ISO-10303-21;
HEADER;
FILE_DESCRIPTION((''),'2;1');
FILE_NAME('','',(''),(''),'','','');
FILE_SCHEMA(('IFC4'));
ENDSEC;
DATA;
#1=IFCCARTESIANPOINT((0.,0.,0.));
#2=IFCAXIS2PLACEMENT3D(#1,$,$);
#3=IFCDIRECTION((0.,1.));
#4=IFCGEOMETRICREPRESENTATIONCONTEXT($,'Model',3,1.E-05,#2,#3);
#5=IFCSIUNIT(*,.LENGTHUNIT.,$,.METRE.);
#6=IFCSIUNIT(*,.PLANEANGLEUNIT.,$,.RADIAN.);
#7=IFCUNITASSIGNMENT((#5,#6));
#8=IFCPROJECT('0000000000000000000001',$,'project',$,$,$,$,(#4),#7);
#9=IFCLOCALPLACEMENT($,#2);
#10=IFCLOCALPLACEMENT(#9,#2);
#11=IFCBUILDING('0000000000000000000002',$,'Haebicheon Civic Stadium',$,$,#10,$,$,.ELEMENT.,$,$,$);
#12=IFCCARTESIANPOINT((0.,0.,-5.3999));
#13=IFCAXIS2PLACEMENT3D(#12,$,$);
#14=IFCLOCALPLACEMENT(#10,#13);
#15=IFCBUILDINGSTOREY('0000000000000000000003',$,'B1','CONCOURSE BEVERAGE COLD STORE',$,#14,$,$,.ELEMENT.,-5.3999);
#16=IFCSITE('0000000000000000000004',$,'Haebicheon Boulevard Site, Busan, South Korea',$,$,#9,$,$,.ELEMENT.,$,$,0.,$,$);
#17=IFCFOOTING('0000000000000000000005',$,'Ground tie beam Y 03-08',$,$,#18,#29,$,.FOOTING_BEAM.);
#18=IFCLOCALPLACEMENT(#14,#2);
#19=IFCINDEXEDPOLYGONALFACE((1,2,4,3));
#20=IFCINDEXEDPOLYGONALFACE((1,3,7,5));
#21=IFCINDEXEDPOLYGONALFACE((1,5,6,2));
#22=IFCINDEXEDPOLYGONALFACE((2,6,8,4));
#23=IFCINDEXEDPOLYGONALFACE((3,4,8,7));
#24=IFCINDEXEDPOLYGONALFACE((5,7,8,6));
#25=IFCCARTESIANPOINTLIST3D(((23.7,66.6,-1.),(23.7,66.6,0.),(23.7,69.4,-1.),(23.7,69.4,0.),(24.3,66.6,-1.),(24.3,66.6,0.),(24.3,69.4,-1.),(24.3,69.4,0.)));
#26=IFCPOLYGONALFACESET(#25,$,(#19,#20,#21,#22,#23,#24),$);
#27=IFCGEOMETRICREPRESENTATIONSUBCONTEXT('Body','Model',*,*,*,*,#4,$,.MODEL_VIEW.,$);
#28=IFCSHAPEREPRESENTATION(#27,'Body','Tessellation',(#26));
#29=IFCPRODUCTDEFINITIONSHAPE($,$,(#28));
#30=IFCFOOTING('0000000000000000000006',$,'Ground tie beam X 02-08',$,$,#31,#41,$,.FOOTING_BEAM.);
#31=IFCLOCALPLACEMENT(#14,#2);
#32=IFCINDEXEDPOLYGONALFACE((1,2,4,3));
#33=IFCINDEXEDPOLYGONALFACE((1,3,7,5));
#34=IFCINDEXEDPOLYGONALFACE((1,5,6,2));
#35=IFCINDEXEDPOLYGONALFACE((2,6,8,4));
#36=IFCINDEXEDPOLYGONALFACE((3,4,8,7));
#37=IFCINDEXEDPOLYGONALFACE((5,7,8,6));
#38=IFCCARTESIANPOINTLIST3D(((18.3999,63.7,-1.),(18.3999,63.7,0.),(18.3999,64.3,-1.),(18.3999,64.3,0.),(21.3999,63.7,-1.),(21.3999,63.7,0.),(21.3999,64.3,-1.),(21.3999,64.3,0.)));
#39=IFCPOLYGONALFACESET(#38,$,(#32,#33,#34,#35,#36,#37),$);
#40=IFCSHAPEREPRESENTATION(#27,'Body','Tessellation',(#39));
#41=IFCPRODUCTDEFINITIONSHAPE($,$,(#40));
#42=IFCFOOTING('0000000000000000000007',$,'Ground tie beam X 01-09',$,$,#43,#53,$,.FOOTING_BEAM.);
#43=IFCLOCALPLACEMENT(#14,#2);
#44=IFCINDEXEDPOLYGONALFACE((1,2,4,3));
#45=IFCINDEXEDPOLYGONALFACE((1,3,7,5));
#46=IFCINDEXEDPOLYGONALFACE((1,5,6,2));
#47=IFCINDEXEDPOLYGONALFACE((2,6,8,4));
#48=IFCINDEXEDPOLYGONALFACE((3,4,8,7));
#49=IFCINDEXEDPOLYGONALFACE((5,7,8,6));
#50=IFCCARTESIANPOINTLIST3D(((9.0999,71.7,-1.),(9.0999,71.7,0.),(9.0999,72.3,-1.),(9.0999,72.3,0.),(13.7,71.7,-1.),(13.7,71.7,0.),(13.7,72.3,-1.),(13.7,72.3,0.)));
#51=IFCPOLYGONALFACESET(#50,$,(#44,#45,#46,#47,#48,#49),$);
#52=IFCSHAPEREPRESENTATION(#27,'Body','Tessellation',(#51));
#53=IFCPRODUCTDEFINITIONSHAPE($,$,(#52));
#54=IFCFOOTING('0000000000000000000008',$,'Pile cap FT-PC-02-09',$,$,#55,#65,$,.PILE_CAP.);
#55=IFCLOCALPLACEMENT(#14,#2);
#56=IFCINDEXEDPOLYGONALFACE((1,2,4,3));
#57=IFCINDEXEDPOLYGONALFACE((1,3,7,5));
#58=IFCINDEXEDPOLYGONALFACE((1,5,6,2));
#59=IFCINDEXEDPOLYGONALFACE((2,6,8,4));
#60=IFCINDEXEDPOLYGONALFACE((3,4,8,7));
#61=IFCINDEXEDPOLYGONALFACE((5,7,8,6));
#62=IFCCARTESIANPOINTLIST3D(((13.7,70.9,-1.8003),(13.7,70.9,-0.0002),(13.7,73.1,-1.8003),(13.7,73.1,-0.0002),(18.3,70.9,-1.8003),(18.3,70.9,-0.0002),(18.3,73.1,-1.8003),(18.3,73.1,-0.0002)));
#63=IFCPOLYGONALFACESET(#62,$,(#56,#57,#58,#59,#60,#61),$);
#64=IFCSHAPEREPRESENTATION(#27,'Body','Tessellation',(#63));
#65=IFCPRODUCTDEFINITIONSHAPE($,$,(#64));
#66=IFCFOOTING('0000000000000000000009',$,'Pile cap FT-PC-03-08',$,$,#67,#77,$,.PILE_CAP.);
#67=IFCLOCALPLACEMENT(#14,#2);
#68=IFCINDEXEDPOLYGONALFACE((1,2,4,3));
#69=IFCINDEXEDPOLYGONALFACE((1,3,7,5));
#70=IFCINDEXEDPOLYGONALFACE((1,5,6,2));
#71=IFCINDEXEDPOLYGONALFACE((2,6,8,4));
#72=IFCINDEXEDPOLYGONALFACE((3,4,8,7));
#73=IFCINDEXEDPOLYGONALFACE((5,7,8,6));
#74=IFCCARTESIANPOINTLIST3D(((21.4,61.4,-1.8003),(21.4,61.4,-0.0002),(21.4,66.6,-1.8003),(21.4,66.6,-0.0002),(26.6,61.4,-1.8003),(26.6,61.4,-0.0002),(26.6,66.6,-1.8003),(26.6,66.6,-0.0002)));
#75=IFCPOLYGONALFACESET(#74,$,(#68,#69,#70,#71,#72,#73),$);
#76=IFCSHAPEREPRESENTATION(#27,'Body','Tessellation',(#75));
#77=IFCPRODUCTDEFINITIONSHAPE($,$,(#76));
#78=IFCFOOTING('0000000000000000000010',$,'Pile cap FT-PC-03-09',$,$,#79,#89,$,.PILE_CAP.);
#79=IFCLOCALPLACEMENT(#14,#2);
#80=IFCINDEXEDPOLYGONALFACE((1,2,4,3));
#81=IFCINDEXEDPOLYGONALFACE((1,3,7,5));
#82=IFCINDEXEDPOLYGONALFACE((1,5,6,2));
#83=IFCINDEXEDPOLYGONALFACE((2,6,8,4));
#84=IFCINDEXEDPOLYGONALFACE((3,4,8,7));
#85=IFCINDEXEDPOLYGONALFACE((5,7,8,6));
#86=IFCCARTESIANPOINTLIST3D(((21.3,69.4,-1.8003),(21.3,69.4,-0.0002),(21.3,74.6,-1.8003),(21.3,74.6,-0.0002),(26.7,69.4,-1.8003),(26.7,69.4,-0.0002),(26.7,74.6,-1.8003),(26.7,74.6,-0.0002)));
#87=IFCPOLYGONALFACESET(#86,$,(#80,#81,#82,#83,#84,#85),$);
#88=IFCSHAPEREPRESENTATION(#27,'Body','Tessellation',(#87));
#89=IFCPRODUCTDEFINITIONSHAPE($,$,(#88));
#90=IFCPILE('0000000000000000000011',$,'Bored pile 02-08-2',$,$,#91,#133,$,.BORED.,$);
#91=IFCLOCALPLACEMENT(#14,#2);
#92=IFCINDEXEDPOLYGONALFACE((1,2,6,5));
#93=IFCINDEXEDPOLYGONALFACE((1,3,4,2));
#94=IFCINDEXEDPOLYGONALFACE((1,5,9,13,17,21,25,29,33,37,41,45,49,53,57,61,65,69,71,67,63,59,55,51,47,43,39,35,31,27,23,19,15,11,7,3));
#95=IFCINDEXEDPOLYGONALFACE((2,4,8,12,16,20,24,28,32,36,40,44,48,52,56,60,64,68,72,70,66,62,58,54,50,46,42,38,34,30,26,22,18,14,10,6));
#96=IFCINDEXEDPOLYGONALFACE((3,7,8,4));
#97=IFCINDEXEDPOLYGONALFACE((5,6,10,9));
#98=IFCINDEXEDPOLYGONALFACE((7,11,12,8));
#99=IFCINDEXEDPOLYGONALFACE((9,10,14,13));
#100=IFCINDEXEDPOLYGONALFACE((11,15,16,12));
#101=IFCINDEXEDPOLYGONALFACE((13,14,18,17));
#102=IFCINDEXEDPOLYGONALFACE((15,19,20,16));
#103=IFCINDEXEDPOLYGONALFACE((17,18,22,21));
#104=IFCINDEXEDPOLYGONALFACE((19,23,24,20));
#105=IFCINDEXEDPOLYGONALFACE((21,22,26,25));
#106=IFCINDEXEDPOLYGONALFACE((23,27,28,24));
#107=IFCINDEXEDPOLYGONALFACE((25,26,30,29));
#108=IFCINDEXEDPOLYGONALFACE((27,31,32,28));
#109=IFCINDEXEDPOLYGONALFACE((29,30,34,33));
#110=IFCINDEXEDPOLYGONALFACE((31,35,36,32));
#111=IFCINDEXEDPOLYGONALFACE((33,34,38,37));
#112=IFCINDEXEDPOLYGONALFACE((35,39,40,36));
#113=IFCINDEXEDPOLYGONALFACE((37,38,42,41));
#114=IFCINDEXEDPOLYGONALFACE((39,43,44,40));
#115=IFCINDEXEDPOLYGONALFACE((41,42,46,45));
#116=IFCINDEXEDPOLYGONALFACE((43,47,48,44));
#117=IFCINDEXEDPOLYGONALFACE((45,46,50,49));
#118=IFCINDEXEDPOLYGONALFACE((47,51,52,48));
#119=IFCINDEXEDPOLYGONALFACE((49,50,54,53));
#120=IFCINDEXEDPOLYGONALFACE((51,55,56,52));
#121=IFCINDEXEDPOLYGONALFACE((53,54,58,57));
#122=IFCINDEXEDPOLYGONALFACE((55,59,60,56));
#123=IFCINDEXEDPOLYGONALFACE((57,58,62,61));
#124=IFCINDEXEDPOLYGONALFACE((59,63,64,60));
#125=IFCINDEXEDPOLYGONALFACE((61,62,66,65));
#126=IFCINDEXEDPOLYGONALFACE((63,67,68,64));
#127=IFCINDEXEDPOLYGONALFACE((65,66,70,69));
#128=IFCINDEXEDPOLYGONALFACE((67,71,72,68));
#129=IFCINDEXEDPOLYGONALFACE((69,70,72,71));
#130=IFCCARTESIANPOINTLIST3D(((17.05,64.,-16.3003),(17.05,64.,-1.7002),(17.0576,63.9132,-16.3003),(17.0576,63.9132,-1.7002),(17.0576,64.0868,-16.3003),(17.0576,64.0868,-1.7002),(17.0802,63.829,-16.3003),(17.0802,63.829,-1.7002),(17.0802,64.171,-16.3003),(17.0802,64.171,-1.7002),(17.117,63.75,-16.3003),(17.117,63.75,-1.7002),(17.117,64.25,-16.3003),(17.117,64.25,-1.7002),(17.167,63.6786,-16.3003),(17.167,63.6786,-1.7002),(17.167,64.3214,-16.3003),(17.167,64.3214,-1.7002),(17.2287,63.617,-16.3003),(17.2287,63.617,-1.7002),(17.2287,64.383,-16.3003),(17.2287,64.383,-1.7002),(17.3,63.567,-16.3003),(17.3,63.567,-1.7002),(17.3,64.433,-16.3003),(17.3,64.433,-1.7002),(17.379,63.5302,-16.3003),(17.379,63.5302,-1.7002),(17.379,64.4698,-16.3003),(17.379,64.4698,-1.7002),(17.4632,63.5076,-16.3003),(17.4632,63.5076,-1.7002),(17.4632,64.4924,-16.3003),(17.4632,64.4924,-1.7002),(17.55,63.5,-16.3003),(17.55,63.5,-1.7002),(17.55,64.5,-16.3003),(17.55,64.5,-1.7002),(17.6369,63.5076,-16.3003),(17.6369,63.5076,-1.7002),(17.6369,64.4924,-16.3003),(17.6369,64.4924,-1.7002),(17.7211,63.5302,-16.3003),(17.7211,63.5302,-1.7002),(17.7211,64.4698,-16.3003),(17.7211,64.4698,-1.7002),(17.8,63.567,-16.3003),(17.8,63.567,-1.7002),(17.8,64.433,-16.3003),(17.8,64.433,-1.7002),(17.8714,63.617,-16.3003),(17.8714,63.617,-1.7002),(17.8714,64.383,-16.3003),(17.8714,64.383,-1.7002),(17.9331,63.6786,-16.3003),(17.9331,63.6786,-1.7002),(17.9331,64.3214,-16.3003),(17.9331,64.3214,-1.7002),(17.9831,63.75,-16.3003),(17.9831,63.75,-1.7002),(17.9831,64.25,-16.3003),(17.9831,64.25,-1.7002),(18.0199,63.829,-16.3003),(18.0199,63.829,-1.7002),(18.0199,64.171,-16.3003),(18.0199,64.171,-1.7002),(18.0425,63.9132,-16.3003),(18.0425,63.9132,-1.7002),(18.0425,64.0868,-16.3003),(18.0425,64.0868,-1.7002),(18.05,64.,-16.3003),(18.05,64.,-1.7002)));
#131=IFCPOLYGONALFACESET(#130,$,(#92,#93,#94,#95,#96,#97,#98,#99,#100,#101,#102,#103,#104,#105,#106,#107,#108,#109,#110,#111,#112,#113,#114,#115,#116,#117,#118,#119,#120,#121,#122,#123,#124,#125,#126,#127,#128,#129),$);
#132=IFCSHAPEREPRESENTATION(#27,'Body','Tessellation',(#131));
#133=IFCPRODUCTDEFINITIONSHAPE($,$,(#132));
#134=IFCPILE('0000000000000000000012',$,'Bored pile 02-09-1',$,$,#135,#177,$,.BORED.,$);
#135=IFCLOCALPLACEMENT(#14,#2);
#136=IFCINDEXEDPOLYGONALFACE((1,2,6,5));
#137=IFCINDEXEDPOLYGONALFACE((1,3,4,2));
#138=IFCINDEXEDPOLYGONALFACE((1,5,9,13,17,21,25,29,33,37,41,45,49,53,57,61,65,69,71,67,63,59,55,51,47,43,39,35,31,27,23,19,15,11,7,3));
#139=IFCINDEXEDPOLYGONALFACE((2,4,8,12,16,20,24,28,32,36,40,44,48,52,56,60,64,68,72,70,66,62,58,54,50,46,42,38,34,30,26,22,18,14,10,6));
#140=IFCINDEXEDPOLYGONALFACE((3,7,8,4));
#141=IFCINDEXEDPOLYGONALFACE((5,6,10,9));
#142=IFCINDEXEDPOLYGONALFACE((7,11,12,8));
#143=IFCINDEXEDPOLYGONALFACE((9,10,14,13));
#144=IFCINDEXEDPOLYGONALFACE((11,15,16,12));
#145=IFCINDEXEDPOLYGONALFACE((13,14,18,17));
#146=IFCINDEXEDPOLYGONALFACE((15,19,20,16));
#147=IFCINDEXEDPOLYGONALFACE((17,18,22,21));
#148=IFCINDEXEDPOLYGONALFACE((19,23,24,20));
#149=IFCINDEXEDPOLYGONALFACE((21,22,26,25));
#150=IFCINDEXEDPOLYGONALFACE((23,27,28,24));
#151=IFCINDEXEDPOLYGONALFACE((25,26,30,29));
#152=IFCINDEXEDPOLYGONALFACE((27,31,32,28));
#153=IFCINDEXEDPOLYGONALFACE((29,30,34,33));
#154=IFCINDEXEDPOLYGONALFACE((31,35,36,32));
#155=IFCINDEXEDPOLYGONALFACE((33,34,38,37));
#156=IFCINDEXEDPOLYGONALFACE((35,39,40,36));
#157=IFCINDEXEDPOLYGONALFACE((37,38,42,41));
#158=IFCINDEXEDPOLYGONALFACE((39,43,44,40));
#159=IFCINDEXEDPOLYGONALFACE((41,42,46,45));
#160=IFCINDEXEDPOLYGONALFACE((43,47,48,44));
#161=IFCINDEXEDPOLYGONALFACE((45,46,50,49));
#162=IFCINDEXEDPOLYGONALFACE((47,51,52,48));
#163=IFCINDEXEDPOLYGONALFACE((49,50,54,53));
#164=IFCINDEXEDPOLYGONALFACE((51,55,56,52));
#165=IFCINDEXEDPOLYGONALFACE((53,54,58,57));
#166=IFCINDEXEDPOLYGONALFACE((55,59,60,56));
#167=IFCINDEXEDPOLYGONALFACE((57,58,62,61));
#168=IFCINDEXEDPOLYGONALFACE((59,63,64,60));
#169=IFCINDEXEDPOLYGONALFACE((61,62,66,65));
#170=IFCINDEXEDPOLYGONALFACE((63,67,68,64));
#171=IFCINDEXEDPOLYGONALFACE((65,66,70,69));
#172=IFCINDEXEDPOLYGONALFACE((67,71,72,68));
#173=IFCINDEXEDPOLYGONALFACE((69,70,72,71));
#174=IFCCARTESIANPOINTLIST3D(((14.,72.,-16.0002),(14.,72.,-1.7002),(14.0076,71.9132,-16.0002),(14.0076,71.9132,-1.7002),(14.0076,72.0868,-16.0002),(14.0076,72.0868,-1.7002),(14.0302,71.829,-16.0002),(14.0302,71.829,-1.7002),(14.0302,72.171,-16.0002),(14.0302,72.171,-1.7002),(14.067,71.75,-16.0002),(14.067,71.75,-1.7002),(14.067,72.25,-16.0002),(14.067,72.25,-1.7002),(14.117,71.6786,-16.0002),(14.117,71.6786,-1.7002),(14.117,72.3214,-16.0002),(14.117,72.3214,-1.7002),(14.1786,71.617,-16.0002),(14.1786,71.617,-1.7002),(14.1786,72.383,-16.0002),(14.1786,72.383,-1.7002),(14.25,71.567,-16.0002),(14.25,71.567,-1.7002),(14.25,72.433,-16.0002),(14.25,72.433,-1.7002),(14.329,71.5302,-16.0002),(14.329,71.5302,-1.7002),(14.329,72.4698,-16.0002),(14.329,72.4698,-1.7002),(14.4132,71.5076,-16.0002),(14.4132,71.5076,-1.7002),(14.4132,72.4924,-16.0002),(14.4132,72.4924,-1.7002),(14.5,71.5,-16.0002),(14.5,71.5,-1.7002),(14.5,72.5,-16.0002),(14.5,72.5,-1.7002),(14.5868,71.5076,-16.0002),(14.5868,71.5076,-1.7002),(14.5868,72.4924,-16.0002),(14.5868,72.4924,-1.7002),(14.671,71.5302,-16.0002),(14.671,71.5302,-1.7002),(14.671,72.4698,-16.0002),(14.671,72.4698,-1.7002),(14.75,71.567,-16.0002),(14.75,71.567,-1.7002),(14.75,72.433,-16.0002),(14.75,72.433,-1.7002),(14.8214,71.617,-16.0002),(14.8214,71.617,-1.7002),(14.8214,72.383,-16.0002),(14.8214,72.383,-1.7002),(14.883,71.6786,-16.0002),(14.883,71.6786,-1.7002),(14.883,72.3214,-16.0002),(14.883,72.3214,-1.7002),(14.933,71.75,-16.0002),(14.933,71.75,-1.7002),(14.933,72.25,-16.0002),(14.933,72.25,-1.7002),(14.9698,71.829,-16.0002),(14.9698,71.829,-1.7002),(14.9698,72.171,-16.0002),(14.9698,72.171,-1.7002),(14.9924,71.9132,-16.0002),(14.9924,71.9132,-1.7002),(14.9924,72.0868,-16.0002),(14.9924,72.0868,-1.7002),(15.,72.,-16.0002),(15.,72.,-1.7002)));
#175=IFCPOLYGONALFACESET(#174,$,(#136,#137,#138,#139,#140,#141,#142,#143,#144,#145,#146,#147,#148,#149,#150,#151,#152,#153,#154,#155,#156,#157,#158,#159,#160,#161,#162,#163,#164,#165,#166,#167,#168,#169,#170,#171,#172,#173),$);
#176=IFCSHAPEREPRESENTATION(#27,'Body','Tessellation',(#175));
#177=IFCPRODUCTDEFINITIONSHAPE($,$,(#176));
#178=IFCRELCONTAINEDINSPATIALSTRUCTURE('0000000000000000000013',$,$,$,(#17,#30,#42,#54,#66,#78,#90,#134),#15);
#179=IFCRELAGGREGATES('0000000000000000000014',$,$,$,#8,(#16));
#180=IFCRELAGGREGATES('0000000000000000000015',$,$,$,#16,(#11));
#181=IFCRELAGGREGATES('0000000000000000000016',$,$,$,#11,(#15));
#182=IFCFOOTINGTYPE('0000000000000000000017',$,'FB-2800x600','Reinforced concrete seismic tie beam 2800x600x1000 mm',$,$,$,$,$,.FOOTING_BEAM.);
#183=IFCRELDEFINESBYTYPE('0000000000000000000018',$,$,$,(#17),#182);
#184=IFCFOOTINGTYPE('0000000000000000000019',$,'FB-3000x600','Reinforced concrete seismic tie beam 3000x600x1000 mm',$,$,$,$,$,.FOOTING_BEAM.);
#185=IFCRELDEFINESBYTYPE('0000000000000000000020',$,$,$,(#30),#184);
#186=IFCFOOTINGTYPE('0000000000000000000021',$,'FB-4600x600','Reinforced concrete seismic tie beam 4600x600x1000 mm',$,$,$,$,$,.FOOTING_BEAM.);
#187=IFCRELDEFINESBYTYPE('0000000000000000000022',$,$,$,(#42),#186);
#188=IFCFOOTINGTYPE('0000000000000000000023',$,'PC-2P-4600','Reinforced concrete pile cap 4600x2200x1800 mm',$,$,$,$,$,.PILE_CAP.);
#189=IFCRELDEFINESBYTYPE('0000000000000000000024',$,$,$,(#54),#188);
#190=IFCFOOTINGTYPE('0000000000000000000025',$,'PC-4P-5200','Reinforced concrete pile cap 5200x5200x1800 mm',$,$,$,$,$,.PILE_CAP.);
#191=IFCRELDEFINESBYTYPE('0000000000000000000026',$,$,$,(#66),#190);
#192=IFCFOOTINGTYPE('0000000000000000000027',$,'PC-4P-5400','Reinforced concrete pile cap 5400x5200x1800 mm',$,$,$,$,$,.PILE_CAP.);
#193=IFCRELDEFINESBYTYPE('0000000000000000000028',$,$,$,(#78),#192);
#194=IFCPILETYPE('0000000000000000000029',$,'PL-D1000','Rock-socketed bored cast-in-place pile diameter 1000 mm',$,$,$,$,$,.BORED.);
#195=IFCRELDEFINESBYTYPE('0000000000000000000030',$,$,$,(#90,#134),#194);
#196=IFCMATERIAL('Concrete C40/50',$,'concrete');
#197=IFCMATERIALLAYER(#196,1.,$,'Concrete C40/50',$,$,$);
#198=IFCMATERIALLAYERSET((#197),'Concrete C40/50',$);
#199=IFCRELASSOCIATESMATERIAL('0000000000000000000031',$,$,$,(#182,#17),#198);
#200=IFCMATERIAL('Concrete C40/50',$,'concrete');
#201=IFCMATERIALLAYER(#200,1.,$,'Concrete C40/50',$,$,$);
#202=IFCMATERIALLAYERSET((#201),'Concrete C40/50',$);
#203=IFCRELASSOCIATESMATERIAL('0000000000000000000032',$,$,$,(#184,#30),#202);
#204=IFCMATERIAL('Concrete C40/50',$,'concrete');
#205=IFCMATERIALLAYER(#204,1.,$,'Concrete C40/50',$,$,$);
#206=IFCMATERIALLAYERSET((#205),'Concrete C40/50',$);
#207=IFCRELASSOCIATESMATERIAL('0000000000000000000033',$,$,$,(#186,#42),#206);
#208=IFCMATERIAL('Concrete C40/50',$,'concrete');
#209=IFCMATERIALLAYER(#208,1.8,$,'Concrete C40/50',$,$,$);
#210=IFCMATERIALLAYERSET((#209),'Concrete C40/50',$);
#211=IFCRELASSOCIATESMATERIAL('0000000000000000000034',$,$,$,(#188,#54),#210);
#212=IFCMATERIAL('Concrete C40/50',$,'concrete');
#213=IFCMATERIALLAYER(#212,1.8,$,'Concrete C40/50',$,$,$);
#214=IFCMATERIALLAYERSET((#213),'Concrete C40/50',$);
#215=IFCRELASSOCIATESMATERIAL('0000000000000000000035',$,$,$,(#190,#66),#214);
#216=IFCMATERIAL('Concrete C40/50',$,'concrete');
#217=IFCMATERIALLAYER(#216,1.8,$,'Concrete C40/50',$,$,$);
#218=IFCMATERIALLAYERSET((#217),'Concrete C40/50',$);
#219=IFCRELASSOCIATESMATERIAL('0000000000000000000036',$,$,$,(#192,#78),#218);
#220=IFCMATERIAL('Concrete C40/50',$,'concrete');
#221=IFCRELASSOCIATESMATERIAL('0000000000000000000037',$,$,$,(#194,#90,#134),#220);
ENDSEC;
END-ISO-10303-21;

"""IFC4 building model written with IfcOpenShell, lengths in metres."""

from ifc_helpers import new_model, si_unit, direction, frame, origin, origin_2d, place, context, subcontext, project, spatial, rectangle, circle, extrude, material, layer, layer_set, material_profile, profile_set, type_object, element, save


model = new_model("IFC4")

# Units and contexts
model_context = context("Model", 3, precision=1e-05, world=origin(), true_north=direction((0.0, 1.0)))
body_context = subcontext(model_context, "Body", "Model", "MODEL_VIEW")
ifc_project = project(units=[si_unit("LENGTHUNIT", "METRE"), si_unit("PLANEANGLEUNIT", "RADIAN")], contexts=[model_context])

# Site, building, storey
site_placement = place(None, origin())
site = spatial("IfcSite", under=ifc_project, at=site_placement, Name="Haebicheon Boulevard Site, Busan, South Korea", CompositionType="ELEMENT", RefElevation=0.0)
building_placement = place(site_placement, origin())
building = spatial("IfcBuilding", under=site, at=building_placement, Name="Haebicheon Civic Stadium", CompositionType="ELEMENT")
storey_placement = place(building_placement, frame((0.0, 0.0, -5.3999)))
storey = spatial("IfcBuildingStorey", under=building, at=storey_placement, Name="B1", Description="CONCOURSE BEVERAGE COLD STORE", CompositionType="ELEMENT", Elevation=-5.3999)

# Footings
ifc_material_1 = material(Name="Concrete C40/50", Category="concrete")
ifc_layer_1 = layer(ifc_material_1, 1.0, Name="Concrete C40/50")
ifc_layer_set_1 = layer_set([ifc_layer_1], Name="Concrete C40/50")
footing_type_1 = type_object("IfcFootingType", Name="FB-2800x600", Description="Reinforced concrete seismic tie beam 2800x600x1000 mm", PredefinedType="FOOTING_BEAM", material=ifc_layer_set_1)
footing_1_placement = place(storey_placement, frame((24.0, 68.0, -1.0), z_axis=(0.0, 0.0, 1.0), x_axis=(0.0, 1.0, 0.0)))
element("IfcFooting", 1, at=footing_1_placement, inside=storey, type_object=footing_type_1, material=ifc_layer_set_1, Name="Ground tie beam Y 03-08", PredefinedType="FOOTING_BEAM", context=body_context, shape_type="SweptSolid", body=[
    extrude(rectangle(XDim=2.8, YDim=0.6001, at=origin_2d()), origin(), (0.0, 0.0, 1.0), 1.0),
])
ifc_material_2 = material(Name="Concrete C40/50", Category="concrete")
ifc_layer_2 = layer(ifc_material_2, 1.0, Name="Concrete C40/50")
ifc_layer_set_2 = layer_set([ifc_layer_2], Name="Concrete C40/50")
footing_type_2 = type_object("IfcFootingType", Name="FB-3000x600", Description="Reinforced concrete seismic tie beam 3000x600x1000 mm", PredefinedType="FOOTING_BEAM", material=ifc_layer_set_2)
footing_2_placement = place(storey_placement, frame((19.8999, 64.0, -1.0), z_axis=(0.0, 0.0, 1.0), x_axis=(1.0, 0.0, 0.0)))
element("IfcFooting", 2, at=footing_2_placement, inside=storey, type_object=footing_type_2, material=ifc_layer_set_2, Name="Ground tie beam X 02-08", PredefinedType="FOOTING_BEAM", context=body_context, shape_type="SweptSolid", body=[
    extrude(rectangle(XDim=3.0, YDim=0.6001, at=origin_2d()), origin(), (0.0, 0.0, 1.0), 1.0),
])
ifc_material_3 = material(Name="Concrete C40/50", Category="concrete")
ifc_layer_3 = layer(ifc_material_3, 1.0, Name="Concrete C40/50")
ifc_layer_set_3 = layer_set([ifc_layer_3], Name="Concrete C40/50")
footing_type_3 = type_object("IfcFootingType", Name="FB-4600x600", Description="Reinforced concrete seismic tie beam 4600x600x1000 mm", PredefinedType="FOOTING_BEAM", material=ifc_layer_set_3)
footing_3_placement = place(storey_placement, frame((11.3999, 72.0, -1.0), z_axis=(0.0, 0.0, 1.0), x_axis=(1.0, 0.0, 0.0)))
element("IfcFooting", 3, at=footing_3_placement, inside=storey, type_object=footing_type_3, material=ifc_layer_set_3, Name="Ground tie beam X 01-09", PredefinedType="FOOTING_BEAM", context=body_context, shape_type="SweptSolid", body=[
    extrude(rectangle(XDim=4.6001, YDim=0.6001, at=origin_2d()), origin(), (0.0, 0.0, 1.0), 1.0),
])
ifc_material_4 = material(Name="Concrete C40/50", Category="concrete")
ifc_layer_4 = layer(ifc_material_4, 1.8, Name="Concrete C40/50")
ifc_layer_set_4 = layer_set([ifc_layer_4], Name="Concrete C40/50")
footing_type_4 = type_object("IfcFootingType", Name="PC-2P-4600", Description="Reinforced concrete pile cap 4600x2200x1800 mm", PredefinedType="PILE_CAP", material=ifc_layer_set_4)
footing_4_placement = place(storey_placement, frame((16.0, 72.0, -1.8003), z_axis=(0.0, 0.0, 1.0), x_axis=(1.0, 0.0, 0.0)))
element("IfcFooting", 4, at=footing_4_placement, inside=storey, type_object=footing_type_4, material=ifc_layer_set_4, Name="Pile cap FT-PC-02-09", PredefinedType="PILE_CAP", context=body_context, shape_type="SweptSolid", body=[
    extrude(rectangle(XDim=4.6001, YDim=2.2, at=origin_2d()), origin(), (0.0, 0.0, 1.0), 1.8),
])
ifc_material_5 = material(Name="Concrete C40/50", Category="concrete")
ifc_layer_5 = layer(ifc_material_5, 1.8, Name="Concrete C40/50")
ifc_layer_set_5 = layer_set([ifc_layer_5], Name="Concrete C40/50")
footing_type_5 = type_object("IfcFootingType", Name="PC-4P-5200", Description="Reinforced concrete pile cap 5200x5200x1800 mm", PredefinedType="PILE_CAP", material=ifc_layer_set_5)
footing_5_placement = place(storey_placement, frame((24.0, 64.0, -1.8003), z_axis=(0.0, 0.0, 1.0), x_axis=(1.0, 0.0, 0.0)))
element("IfcFooting", 5, at=footing_5_placement, inside=storey, type_object=footing_type_5, material=ifc_layer_set_5, Name="Pile cap FT-PC-03-08", PredefinedType="PILE_CAP", context=body_context, shape_type="SweptSolid", body=[
    extrude(rectangle(XDim=5.2, YDim=5.2, at=origin_2d()), origin(), (0.0, 0.0, 1.0), 1.8),
])
ifc_material_6 = material(Name="Concrete C40/50", Category="concrete")
ifc_layer_6 = layer(ifc_material_6, 1.8, Name="Concrete C40/50")
ifc_layer_set_6 = layer_set([ifc_layer_6], Name="Concrete C40/50")
footing_type_6 = type_object("IfcFootingType", Name="PC-4P-5400", Description="Reinforced concrete pile cap 5400x5200x1800 mm", PredefinedType="PILE_CAP", material=ifc_layer_set_6)
footing_6_placement = place(storey_placement, frame((24.0, 72.0, -1.8003), z_axis=(0.0, 0.0, 1.0), x_axis=(1.0, 0.0, 0.0)))
element("IfcFooting", 6, at=footing_6_placement, inside=storey, type_object=footing_type_6, material=ifc_layer_set_6, Name="Pile cap FT-PC-03-09", PredefinedType="PILE_CAP", context=body_context, shape_type="SweptSolid", body=[
    extrude(rectangle(XDim=5.3999, YDim=5.2, at=origin_2d()), origin(), (0.0, 0.0, 1.0), 1.8),
])

# Piles
ifc_material_7 = material(Name="Concrete C40/50", Category="concrete")
ifc_material_profile_1 = material_profile(ifc_material_7, circle(Radius=0.5, at=origin_2d()), Name="PILE-D1000")
ifc_profile_set_1 = profile_set([ifc_material_profile_1], Name="Concrete C40/50")
pile_type_1 = type_object("IfcPileType", Name="PL-D1000", Description="Rock-socketed bored cast-in-place pile diameter 1000 mm", PredefinedType="BORED", material=ifc_profile_set_1)
pile_1_placement = place(storey_placement, frame((17.55, 64.0, -1.7002), z_axis=(0.0, 0.0, -1.0), x_axis=(1.0, 0.0, 0.0)))
element("IfcPile", 7, at=pile_1_placement, inside=storey, type_object=pile_type_1, material=ifc_profile_set_1, Name="Bored pile 02-08-2", PredefinedType="BORED", context=body_context, shape_type="SweptSolid", body=[
    extrude(circle(Radius=0.5, at=origin_2d()), origin(), (0.0, 0.0, 1.0), 14.6001),
])
for number, where, z_axis, x_axis, name in (
    (8, (14.5, 72.0, -1.7002), (0.0, 0.0, -1.0), (1.0, 0.0, 0.0), "Bored pile 02-09-1"),
):
    element("IfcPile", number, at=place(storey_placement, frame(where, z_axis=z_axis, x_axis=x_axis)), inside=storey, type_object=pile_type_1, material=ifc_profile_set_1, Name=name, PredefinedType="BORED", context=body_context, shape_type="SweptSolid", body=[
        extrude(circle(Radius=0.5, at=origin_2d()), origin(), (0.0, 0.0, 1.0), 14.3),
    ])

save(model, "model.ifc")
